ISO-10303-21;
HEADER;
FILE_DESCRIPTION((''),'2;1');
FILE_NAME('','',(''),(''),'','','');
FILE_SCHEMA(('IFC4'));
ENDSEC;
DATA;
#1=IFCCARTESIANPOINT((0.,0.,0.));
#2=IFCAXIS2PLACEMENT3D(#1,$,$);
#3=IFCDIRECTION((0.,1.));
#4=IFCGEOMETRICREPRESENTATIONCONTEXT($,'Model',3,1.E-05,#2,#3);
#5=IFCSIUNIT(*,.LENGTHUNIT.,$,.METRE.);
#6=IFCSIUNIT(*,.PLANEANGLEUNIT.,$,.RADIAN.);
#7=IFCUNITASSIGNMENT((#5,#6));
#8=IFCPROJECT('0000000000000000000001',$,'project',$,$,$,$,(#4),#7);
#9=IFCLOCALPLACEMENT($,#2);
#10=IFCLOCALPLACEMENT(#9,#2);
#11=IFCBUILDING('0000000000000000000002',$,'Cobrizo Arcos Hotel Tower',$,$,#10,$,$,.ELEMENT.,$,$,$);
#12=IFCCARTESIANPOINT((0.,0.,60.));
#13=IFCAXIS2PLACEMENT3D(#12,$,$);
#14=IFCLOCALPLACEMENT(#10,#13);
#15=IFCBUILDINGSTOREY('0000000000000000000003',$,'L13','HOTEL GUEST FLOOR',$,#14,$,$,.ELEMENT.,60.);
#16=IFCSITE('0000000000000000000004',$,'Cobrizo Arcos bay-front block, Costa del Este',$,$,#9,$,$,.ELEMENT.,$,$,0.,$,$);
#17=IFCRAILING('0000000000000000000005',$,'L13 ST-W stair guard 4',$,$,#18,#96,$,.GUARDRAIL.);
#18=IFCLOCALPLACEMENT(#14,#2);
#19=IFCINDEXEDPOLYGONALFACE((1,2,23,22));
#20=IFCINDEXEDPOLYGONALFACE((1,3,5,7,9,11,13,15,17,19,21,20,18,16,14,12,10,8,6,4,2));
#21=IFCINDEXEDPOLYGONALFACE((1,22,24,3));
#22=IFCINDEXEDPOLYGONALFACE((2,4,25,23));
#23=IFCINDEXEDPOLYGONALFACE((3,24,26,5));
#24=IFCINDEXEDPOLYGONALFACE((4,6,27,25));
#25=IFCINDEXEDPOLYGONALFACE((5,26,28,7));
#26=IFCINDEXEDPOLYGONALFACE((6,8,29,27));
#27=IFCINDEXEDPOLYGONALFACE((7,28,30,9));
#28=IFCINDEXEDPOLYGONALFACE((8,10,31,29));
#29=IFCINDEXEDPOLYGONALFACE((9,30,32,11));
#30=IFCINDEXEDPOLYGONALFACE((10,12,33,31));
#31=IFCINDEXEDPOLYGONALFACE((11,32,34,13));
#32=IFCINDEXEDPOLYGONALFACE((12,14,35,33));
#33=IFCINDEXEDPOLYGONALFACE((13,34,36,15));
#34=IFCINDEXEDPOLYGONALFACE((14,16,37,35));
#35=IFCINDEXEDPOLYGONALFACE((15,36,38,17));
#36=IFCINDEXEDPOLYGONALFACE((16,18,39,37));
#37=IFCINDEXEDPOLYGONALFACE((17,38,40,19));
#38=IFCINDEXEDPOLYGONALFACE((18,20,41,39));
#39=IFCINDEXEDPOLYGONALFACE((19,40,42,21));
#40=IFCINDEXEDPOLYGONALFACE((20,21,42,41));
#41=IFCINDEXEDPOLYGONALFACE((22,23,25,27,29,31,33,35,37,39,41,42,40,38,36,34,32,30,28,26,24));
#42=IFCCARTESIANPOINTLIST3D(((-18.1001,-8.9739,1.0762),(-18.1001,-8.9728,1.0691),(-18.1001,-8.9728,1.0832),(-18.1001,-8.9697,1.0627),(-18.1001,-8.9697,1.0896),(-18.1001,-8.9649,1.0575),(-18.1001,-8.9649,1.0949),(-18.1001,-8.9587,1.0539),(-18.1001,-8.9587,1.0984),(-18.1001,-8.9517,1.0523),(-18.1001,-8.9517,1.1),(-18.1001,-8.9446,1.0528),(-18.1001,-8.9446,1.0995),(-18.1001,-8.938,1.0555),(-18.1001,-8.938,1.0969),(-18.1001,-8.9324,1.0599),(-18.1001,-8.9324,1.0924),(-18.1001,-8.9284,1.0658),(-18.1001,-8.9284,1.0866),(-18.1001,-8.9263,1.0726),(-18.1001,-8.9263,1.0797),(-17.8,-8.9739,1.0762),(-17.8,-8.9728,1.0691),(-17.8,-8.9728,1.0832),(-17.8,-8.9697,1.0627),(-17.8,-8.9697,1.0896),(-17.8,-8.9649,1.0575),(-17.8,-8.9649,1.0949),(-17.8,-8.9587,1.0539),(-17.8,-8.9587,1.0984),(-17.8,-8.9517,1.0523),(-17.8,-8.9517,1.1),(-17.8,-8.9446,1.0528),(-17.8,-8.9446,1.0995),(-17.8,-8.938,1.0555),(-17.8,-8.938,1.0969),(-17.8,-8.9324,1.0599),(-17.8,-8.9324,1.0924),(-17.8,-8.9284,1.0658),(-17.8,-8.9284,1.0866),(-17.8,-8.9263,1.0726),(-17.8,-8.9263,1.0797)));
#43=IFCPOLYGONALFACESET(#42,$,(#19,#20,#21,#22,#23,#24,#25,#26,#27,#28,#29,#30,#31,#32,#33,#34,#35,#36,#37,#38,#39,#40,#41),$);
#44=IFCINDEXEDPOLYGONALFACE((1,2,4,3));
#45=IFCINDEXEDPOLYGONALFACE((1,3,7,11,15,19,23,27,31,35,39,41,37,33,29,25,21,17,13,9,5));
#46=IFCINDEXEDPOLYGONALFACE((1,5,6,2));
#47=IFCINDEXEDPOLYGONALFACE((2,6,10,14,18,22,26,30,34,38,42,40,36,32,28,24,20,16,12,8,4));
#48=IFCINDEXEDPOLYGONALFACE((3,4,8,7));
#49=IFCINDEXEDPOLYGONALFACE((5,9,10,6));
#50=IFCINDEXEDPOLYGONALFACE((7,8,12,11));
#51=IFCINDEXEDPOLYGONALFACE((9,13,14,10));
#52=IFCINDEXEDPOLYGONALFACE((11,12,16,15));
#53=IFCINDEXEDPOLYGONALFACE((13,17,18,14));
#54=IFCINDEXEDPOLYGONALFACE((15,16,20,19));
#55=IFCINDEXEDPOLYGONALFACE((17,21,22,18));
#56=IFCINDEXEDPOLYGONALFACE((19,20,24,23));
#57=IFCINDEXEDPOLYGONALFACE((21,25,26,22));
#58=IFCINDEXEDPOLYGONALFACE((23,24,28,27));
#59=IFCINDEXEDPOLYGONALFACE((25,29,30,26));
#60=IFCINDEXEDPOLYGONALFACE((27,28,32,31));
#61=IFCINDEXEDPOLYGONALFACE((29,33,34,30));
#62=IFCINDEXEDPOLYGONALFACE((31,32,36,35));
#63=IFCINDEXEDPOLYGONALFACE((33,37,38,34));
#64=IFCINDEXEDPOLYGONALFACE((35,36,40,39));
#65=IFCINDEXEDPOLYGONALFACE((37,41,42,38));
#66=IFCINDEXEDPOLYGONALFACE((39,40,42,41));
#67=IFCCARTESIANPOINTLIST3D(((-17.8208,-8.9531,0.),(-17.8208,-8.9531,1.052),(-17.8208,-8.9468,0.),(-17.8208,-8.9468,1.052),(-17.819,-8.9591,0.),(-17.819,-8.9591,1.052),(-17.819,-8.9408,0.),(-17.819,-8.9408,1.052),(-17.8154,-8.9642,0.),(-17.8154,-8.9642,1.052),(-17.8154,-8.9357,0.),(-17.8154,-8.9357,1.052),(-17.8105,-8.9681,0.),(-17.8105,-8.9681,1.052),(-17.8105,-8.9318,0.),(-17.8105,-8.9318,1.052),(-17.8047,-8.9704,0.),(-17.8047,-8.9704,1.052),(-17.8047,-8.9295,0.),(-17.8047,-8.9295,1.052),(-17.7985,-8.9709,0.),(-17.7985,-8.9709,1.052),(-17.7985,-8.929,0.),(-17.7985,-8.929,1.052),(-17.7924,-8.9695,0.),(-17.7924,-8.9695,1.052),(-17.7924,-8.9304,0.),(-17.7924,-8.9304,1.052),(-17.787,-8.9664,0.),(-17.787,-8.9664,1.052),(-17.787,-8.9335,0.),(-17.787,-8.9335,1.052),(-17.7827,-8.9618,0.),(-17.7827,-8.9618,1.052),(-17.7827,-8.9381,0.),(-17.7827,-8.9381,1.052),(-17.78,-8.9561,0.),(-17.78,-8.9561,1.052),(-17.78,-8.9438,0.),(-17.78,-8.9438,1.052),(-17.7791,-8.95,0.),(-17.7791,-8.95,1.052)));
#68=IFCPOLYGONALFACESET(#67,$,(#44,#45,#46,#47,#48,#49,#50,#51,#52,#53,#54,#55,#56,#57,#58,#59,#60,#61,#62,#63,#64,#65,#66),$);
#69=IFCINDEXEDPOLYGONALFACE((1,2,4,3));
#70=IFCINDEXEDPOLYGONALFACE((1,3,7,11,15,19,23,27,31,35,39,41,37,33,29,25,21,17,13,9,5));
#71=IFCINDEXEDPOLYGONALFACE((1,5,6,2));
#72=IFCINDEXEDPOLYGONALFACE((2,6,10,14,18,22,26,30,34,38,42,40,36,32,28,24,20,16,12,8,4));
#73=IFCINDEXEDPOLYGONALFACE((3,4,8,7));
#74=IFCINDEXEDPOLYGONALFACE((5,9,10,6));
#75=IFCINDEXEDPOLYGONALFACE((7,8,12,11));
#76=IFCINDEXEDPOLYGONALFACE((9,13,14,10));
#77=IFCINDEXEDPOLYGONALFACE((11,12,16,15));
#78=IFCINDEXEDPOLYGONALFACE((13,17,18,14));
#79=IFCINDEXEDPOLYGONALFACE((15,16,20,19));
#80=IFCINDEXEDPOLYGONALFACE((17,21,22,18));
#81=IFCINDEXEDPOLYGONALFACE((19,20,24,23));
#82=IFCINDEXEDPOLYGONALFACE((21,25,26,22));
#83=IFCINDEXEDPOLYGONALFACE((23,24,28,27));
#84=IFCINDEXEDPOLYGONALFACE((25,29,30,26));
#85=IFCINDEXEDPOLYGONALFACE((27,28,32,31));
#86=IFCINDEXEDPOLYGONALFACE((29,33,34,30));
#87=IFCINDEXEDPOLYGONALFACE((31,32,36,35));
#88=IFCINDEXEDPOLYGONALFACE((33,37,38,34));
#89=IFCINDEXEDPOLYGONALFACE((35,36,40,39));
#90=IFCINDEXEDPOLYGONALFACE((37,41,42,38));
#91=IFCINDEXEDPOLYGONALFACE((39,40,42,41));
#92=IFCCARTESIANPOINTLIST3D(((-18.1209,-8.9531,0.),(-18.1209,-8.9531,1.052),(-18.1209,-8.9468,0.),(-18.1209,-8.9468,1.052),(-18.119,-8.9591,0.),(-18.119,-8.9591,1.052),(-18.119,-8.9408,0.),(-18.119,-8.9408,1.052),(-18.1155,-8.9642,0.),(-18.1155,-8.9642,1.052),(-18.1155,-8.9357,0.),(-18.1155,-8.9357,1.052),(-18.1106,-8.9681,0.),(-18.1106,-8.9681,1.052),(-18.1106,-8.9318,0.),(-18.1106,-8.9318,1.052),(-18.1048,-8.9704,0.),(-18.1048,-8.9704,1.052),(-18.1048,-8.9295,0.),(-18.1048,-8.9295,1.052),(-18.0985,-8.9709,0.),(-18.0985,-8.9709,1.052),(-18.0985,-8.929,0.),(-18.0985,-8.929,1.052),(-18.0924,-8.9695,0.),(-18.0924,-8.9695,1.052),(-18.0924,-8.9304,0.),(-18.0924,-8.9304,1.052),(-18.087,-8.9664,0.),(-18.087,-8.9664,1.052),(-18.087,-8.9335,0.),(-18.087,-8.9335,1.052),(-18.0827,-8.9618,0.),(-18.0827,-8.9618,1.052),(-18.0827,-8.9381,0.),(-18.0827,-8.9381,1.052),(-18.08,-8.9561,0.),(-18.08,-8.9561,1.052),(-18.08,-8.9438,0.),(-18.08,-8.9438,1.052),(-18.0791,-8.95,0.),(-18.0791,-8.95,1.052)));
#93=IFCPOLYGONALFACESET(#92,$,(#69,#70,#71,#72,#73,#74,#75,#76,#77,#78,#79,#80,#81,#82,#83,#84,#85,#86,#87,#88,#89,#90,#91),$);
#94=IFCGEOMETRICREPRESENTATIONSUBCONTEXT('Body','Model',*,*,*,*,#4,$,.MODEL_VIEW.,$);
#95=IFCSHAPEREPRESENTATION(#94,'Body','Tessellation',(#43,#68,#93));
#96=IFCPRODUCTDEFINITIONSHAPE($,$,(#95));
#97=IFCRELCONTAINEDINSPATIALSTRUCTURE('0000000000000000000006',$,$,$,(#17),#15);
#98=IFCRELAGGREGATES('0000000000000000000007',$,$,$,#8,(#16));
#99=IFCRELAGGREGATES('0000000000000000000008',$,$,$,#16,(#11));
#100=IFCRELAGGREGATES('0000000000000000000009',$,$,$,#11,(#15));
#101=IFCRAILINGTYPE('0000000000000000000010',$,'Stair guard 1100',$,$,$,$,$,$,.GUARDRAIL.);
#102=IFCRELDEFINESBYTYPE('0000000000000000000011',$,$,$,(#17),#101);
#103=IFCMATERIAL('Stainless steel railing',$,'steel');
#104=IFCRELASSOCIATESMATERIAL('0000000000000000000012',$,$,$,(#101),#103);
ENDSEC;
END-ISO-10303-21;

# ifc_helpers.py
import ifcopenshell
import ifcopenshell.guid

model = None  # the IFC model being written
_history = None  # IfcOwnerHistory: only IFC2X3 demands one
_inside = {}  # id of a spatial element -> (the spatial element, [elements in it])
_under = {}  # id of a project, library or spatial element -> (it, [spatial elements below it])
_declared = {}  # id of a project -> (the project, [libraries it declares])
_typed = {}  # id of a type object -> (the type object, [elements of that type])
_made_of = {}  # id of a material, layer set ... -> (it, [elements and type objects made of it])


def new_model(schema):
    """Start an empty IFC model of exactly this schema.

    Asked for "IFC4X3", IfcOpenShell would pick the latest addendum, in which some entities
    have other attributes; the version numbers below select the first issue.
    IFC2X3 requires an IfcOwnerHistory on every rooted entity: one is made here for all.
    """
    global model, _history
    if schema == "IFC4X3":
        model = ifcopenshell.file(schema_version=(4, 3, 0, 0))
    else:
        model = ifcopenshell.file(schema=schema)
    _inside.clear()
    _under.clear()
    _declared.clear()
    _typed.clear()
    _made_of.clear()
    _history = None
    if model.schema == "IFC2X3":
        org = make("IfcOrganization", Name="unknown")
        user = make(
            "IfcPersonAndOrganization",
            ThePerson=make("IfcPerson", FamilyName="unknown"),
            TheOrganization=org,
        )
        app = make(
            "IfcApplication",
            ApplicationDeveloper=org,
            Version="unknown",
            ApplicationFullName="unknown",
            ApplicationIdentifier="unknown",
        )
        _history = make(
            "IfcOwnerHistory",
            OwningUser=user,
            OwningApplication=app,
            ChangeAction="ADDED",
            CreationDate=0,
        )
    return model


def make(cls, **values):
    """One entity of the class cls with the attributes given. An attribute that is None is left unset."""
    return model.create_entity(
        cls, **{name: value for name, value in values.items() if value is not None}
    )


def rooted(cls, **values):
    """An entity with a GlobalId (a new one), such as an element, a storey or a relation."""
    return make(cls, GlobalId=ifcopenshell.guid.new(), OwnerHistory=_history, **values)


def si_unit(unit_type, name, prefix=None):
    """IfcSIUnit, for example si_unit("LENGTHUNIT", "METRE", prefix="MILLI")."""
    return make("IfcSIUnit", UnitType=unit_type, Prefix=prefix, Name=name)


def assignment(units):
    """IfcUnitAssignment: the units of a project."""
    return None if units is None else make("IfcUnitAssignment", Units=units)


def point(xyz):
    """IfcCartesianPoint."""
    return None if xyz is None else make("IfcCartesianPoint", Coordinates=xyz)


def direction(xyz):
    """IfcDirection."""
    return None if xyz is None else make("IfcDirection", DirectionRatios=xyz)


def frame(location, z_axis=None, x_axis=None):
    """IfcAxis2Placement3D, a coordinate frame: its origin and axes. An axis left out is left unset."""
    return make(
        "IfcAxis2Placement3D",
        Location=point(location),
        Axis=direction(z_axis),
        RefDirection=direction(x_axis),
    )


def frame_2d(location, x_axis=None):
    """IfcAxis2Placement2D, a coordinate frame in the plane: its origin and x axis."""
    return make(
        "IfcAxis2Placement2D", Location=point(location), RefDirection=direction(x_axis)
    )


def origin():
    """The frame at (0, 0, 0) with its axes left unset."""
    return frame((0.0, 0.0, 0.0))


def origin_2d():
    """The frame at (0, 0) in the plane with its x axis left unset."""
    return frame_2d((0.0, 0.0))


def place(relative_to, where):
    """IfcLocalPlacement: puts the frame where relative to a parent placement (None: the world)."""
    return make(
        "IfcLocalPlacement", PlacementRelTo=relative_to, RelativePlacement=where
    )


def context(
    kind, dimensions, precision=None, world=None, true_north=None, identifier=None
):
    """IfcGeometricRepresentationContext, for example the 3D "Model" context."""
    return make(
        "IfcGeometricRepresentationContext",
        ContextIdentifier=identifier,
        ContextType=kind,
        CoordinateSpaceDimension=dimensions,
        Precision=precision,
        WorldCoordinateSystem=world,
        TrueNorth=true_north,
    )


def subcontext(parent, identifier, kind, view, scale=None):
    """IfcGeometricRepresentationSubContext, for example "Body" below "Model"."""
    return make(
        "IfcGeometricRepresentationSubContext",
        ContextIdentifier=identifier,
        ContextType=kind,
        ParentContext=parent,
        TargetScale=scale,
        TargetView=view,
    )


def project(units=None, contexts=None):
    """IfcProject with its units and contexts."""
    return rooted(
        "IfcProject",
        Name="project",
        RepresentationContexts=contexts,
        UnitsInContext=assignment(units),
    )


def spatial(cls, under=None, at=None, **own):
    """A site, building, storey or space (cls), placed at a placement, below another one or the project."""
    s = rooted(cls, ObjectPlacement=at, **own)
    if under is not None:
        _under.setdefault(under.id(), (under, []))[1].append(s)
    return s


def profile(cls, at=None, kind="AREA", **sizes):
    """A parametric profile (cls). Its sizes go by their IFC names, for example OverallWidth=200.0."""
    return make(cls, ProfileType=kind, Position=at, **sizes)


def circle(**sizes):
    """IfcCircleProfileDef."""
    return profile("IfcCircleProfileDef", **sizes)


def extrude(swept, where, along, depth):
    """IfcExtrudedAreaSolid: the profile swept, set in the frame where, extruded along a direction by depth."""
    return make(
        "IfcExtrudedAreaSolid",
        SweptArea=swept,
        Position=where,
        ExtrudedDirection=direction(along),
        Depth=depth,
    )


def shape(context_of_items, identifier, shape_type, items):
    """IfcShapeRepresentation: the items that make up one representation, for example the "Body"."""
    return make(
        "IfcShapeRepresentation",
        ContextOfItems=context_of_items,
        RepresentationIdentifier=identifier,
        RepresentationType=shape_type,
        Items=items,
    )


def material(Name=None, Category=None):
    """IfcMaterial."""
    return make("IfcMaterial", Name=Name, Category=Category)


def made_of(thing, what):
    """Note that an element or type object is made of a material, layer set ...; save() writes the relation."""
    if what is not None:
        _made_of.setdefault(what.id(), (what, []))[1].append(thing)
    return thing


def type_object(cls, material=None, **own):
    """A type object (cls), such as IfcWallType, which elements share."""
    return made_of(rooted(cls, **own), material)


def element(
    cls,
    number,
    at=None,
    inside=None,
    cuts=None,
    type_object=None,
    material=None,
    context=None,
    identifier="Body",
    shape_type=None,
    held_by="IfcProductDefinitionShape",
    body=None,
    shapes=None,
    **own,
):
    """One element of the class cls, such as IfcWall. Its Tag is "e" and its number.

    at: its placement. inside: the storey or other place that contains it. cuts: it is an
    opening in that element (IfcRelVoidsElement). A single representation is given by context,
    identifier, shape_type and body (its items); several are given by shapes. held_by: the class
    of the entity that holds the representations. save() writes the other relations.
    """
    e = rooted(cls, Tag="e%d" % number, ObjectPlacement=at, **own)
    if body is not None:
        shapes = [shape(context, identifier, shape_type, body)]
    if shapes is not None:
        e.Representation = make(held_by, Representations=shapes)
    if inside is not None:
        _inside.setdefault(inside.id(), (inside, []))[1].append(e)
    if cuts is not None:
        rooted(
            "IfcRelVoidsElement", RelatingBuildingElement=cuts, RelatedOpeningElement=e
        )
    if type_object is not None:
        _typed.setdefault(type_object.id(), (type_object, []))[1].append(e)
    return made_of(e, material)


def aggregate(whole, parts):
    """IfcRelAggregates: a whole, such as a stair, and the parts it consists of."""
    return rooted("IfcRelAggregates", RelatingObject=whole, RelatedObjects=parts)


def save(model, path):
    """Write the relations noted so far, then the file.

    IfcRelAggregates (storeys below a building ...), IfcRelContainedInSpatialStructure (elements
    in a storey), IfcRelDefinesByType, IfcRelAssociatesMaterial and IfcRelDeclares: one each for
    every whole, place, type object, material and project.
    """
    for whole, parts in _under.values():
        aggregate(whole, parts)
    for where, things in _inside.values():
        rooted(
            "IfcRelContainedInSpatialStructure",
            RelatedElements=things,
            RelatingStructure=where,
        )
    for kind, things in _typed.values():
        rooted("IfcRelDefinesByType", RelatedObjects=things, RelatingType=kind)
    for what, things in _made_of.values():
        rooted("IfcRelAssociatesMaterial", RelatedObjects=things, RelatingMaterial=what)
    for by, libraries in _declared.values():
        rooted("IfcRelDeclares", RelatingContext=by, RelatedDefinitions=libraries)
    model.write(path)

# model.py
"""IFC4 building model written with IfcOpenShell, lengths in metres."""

from ifc_helpers import new_model, si_unit, direction, frame, origin, origin_2d, place, context, subcontext, project, spatial, circle, extrude, material, type_object, element, save


model = new_model("IFC4")

# Units and contexts
model_context = context("Model", 3, precision=1e-05, world=origin(), true_north=direction((0.0, 1.0)))
body_context = subcontext(model_context, "Body", "Model", "MODEL_VIEW")
ifc_project = project(units=[si_unit("LENGTHUNIT", "METRE"), si_unit("PLANEANGLEUNIT", "RADIAN")], contexts=[model_context])

# Site, building, storey
site_placement = place(None, origin())
site = spatial("IfcSite", under=ifc_project, at=site_placement, Name="Cobrizo Arcos bay-front block, Costa del Este", CompositionType="ELEMENT", RefElevation=0.0)
building_placement = place(site_placement, origin())
building = spatial("IfcBuilding", under=site, at=building_placement, Name="Cobrizo Arcos Hotel Tower", CompositionType="ELEMENT")
storey_placement = place(building_placement, frame((0.0, 0.0, 60.0)))
storey = spatial("IfcBuildingStorey", under=building, at=storey_placement, Name="L13", Description="HOTEL GUEST FLOOR", CompositionType="ELEMENT", Elevation=60.0)

# Railing
ifc_material_1 = material(Name="Stainless steel railing", Category="steel")
railing_type_1 = type_object("IfcRailingType", Name="Stair guard 1100", PredefinedType="GUARDRAIL", material=ifc_material_1)
railing_1_placement = place(storey_placement, frame((-17.8, -8.95, 0.0)))
element("IfcRailing", 1, at=railing_1_placement, inside=storey, type_object=railing_type_1, Name="L13 ST-W stair guard 4", PredefinedType="GUARDRAIL", context=body_context, shape_type="SweptSolid", body=[
    extrude(circle(Radius=0.0239, at=origin_2d()), frame((0.0, 0.0, 1.0762), z_axis=(-1.0, 0.0, 0.0), x_axis=(0.0, -1.0, 0.0)), (0.0, 0.0, 1.0), 0.3),
    extrude(circle(Radius=0.021, at=origin_2d()), origin(), (0.0, 0.0, 1.0), 1.052),
    extrude(circle(Radius=0.021, at=origin_2d()), frame((-0.3, 0.0, 0.0)), (0.0, 0.0, 1.0), 1.052),
])

save(model, "model.ifc")
